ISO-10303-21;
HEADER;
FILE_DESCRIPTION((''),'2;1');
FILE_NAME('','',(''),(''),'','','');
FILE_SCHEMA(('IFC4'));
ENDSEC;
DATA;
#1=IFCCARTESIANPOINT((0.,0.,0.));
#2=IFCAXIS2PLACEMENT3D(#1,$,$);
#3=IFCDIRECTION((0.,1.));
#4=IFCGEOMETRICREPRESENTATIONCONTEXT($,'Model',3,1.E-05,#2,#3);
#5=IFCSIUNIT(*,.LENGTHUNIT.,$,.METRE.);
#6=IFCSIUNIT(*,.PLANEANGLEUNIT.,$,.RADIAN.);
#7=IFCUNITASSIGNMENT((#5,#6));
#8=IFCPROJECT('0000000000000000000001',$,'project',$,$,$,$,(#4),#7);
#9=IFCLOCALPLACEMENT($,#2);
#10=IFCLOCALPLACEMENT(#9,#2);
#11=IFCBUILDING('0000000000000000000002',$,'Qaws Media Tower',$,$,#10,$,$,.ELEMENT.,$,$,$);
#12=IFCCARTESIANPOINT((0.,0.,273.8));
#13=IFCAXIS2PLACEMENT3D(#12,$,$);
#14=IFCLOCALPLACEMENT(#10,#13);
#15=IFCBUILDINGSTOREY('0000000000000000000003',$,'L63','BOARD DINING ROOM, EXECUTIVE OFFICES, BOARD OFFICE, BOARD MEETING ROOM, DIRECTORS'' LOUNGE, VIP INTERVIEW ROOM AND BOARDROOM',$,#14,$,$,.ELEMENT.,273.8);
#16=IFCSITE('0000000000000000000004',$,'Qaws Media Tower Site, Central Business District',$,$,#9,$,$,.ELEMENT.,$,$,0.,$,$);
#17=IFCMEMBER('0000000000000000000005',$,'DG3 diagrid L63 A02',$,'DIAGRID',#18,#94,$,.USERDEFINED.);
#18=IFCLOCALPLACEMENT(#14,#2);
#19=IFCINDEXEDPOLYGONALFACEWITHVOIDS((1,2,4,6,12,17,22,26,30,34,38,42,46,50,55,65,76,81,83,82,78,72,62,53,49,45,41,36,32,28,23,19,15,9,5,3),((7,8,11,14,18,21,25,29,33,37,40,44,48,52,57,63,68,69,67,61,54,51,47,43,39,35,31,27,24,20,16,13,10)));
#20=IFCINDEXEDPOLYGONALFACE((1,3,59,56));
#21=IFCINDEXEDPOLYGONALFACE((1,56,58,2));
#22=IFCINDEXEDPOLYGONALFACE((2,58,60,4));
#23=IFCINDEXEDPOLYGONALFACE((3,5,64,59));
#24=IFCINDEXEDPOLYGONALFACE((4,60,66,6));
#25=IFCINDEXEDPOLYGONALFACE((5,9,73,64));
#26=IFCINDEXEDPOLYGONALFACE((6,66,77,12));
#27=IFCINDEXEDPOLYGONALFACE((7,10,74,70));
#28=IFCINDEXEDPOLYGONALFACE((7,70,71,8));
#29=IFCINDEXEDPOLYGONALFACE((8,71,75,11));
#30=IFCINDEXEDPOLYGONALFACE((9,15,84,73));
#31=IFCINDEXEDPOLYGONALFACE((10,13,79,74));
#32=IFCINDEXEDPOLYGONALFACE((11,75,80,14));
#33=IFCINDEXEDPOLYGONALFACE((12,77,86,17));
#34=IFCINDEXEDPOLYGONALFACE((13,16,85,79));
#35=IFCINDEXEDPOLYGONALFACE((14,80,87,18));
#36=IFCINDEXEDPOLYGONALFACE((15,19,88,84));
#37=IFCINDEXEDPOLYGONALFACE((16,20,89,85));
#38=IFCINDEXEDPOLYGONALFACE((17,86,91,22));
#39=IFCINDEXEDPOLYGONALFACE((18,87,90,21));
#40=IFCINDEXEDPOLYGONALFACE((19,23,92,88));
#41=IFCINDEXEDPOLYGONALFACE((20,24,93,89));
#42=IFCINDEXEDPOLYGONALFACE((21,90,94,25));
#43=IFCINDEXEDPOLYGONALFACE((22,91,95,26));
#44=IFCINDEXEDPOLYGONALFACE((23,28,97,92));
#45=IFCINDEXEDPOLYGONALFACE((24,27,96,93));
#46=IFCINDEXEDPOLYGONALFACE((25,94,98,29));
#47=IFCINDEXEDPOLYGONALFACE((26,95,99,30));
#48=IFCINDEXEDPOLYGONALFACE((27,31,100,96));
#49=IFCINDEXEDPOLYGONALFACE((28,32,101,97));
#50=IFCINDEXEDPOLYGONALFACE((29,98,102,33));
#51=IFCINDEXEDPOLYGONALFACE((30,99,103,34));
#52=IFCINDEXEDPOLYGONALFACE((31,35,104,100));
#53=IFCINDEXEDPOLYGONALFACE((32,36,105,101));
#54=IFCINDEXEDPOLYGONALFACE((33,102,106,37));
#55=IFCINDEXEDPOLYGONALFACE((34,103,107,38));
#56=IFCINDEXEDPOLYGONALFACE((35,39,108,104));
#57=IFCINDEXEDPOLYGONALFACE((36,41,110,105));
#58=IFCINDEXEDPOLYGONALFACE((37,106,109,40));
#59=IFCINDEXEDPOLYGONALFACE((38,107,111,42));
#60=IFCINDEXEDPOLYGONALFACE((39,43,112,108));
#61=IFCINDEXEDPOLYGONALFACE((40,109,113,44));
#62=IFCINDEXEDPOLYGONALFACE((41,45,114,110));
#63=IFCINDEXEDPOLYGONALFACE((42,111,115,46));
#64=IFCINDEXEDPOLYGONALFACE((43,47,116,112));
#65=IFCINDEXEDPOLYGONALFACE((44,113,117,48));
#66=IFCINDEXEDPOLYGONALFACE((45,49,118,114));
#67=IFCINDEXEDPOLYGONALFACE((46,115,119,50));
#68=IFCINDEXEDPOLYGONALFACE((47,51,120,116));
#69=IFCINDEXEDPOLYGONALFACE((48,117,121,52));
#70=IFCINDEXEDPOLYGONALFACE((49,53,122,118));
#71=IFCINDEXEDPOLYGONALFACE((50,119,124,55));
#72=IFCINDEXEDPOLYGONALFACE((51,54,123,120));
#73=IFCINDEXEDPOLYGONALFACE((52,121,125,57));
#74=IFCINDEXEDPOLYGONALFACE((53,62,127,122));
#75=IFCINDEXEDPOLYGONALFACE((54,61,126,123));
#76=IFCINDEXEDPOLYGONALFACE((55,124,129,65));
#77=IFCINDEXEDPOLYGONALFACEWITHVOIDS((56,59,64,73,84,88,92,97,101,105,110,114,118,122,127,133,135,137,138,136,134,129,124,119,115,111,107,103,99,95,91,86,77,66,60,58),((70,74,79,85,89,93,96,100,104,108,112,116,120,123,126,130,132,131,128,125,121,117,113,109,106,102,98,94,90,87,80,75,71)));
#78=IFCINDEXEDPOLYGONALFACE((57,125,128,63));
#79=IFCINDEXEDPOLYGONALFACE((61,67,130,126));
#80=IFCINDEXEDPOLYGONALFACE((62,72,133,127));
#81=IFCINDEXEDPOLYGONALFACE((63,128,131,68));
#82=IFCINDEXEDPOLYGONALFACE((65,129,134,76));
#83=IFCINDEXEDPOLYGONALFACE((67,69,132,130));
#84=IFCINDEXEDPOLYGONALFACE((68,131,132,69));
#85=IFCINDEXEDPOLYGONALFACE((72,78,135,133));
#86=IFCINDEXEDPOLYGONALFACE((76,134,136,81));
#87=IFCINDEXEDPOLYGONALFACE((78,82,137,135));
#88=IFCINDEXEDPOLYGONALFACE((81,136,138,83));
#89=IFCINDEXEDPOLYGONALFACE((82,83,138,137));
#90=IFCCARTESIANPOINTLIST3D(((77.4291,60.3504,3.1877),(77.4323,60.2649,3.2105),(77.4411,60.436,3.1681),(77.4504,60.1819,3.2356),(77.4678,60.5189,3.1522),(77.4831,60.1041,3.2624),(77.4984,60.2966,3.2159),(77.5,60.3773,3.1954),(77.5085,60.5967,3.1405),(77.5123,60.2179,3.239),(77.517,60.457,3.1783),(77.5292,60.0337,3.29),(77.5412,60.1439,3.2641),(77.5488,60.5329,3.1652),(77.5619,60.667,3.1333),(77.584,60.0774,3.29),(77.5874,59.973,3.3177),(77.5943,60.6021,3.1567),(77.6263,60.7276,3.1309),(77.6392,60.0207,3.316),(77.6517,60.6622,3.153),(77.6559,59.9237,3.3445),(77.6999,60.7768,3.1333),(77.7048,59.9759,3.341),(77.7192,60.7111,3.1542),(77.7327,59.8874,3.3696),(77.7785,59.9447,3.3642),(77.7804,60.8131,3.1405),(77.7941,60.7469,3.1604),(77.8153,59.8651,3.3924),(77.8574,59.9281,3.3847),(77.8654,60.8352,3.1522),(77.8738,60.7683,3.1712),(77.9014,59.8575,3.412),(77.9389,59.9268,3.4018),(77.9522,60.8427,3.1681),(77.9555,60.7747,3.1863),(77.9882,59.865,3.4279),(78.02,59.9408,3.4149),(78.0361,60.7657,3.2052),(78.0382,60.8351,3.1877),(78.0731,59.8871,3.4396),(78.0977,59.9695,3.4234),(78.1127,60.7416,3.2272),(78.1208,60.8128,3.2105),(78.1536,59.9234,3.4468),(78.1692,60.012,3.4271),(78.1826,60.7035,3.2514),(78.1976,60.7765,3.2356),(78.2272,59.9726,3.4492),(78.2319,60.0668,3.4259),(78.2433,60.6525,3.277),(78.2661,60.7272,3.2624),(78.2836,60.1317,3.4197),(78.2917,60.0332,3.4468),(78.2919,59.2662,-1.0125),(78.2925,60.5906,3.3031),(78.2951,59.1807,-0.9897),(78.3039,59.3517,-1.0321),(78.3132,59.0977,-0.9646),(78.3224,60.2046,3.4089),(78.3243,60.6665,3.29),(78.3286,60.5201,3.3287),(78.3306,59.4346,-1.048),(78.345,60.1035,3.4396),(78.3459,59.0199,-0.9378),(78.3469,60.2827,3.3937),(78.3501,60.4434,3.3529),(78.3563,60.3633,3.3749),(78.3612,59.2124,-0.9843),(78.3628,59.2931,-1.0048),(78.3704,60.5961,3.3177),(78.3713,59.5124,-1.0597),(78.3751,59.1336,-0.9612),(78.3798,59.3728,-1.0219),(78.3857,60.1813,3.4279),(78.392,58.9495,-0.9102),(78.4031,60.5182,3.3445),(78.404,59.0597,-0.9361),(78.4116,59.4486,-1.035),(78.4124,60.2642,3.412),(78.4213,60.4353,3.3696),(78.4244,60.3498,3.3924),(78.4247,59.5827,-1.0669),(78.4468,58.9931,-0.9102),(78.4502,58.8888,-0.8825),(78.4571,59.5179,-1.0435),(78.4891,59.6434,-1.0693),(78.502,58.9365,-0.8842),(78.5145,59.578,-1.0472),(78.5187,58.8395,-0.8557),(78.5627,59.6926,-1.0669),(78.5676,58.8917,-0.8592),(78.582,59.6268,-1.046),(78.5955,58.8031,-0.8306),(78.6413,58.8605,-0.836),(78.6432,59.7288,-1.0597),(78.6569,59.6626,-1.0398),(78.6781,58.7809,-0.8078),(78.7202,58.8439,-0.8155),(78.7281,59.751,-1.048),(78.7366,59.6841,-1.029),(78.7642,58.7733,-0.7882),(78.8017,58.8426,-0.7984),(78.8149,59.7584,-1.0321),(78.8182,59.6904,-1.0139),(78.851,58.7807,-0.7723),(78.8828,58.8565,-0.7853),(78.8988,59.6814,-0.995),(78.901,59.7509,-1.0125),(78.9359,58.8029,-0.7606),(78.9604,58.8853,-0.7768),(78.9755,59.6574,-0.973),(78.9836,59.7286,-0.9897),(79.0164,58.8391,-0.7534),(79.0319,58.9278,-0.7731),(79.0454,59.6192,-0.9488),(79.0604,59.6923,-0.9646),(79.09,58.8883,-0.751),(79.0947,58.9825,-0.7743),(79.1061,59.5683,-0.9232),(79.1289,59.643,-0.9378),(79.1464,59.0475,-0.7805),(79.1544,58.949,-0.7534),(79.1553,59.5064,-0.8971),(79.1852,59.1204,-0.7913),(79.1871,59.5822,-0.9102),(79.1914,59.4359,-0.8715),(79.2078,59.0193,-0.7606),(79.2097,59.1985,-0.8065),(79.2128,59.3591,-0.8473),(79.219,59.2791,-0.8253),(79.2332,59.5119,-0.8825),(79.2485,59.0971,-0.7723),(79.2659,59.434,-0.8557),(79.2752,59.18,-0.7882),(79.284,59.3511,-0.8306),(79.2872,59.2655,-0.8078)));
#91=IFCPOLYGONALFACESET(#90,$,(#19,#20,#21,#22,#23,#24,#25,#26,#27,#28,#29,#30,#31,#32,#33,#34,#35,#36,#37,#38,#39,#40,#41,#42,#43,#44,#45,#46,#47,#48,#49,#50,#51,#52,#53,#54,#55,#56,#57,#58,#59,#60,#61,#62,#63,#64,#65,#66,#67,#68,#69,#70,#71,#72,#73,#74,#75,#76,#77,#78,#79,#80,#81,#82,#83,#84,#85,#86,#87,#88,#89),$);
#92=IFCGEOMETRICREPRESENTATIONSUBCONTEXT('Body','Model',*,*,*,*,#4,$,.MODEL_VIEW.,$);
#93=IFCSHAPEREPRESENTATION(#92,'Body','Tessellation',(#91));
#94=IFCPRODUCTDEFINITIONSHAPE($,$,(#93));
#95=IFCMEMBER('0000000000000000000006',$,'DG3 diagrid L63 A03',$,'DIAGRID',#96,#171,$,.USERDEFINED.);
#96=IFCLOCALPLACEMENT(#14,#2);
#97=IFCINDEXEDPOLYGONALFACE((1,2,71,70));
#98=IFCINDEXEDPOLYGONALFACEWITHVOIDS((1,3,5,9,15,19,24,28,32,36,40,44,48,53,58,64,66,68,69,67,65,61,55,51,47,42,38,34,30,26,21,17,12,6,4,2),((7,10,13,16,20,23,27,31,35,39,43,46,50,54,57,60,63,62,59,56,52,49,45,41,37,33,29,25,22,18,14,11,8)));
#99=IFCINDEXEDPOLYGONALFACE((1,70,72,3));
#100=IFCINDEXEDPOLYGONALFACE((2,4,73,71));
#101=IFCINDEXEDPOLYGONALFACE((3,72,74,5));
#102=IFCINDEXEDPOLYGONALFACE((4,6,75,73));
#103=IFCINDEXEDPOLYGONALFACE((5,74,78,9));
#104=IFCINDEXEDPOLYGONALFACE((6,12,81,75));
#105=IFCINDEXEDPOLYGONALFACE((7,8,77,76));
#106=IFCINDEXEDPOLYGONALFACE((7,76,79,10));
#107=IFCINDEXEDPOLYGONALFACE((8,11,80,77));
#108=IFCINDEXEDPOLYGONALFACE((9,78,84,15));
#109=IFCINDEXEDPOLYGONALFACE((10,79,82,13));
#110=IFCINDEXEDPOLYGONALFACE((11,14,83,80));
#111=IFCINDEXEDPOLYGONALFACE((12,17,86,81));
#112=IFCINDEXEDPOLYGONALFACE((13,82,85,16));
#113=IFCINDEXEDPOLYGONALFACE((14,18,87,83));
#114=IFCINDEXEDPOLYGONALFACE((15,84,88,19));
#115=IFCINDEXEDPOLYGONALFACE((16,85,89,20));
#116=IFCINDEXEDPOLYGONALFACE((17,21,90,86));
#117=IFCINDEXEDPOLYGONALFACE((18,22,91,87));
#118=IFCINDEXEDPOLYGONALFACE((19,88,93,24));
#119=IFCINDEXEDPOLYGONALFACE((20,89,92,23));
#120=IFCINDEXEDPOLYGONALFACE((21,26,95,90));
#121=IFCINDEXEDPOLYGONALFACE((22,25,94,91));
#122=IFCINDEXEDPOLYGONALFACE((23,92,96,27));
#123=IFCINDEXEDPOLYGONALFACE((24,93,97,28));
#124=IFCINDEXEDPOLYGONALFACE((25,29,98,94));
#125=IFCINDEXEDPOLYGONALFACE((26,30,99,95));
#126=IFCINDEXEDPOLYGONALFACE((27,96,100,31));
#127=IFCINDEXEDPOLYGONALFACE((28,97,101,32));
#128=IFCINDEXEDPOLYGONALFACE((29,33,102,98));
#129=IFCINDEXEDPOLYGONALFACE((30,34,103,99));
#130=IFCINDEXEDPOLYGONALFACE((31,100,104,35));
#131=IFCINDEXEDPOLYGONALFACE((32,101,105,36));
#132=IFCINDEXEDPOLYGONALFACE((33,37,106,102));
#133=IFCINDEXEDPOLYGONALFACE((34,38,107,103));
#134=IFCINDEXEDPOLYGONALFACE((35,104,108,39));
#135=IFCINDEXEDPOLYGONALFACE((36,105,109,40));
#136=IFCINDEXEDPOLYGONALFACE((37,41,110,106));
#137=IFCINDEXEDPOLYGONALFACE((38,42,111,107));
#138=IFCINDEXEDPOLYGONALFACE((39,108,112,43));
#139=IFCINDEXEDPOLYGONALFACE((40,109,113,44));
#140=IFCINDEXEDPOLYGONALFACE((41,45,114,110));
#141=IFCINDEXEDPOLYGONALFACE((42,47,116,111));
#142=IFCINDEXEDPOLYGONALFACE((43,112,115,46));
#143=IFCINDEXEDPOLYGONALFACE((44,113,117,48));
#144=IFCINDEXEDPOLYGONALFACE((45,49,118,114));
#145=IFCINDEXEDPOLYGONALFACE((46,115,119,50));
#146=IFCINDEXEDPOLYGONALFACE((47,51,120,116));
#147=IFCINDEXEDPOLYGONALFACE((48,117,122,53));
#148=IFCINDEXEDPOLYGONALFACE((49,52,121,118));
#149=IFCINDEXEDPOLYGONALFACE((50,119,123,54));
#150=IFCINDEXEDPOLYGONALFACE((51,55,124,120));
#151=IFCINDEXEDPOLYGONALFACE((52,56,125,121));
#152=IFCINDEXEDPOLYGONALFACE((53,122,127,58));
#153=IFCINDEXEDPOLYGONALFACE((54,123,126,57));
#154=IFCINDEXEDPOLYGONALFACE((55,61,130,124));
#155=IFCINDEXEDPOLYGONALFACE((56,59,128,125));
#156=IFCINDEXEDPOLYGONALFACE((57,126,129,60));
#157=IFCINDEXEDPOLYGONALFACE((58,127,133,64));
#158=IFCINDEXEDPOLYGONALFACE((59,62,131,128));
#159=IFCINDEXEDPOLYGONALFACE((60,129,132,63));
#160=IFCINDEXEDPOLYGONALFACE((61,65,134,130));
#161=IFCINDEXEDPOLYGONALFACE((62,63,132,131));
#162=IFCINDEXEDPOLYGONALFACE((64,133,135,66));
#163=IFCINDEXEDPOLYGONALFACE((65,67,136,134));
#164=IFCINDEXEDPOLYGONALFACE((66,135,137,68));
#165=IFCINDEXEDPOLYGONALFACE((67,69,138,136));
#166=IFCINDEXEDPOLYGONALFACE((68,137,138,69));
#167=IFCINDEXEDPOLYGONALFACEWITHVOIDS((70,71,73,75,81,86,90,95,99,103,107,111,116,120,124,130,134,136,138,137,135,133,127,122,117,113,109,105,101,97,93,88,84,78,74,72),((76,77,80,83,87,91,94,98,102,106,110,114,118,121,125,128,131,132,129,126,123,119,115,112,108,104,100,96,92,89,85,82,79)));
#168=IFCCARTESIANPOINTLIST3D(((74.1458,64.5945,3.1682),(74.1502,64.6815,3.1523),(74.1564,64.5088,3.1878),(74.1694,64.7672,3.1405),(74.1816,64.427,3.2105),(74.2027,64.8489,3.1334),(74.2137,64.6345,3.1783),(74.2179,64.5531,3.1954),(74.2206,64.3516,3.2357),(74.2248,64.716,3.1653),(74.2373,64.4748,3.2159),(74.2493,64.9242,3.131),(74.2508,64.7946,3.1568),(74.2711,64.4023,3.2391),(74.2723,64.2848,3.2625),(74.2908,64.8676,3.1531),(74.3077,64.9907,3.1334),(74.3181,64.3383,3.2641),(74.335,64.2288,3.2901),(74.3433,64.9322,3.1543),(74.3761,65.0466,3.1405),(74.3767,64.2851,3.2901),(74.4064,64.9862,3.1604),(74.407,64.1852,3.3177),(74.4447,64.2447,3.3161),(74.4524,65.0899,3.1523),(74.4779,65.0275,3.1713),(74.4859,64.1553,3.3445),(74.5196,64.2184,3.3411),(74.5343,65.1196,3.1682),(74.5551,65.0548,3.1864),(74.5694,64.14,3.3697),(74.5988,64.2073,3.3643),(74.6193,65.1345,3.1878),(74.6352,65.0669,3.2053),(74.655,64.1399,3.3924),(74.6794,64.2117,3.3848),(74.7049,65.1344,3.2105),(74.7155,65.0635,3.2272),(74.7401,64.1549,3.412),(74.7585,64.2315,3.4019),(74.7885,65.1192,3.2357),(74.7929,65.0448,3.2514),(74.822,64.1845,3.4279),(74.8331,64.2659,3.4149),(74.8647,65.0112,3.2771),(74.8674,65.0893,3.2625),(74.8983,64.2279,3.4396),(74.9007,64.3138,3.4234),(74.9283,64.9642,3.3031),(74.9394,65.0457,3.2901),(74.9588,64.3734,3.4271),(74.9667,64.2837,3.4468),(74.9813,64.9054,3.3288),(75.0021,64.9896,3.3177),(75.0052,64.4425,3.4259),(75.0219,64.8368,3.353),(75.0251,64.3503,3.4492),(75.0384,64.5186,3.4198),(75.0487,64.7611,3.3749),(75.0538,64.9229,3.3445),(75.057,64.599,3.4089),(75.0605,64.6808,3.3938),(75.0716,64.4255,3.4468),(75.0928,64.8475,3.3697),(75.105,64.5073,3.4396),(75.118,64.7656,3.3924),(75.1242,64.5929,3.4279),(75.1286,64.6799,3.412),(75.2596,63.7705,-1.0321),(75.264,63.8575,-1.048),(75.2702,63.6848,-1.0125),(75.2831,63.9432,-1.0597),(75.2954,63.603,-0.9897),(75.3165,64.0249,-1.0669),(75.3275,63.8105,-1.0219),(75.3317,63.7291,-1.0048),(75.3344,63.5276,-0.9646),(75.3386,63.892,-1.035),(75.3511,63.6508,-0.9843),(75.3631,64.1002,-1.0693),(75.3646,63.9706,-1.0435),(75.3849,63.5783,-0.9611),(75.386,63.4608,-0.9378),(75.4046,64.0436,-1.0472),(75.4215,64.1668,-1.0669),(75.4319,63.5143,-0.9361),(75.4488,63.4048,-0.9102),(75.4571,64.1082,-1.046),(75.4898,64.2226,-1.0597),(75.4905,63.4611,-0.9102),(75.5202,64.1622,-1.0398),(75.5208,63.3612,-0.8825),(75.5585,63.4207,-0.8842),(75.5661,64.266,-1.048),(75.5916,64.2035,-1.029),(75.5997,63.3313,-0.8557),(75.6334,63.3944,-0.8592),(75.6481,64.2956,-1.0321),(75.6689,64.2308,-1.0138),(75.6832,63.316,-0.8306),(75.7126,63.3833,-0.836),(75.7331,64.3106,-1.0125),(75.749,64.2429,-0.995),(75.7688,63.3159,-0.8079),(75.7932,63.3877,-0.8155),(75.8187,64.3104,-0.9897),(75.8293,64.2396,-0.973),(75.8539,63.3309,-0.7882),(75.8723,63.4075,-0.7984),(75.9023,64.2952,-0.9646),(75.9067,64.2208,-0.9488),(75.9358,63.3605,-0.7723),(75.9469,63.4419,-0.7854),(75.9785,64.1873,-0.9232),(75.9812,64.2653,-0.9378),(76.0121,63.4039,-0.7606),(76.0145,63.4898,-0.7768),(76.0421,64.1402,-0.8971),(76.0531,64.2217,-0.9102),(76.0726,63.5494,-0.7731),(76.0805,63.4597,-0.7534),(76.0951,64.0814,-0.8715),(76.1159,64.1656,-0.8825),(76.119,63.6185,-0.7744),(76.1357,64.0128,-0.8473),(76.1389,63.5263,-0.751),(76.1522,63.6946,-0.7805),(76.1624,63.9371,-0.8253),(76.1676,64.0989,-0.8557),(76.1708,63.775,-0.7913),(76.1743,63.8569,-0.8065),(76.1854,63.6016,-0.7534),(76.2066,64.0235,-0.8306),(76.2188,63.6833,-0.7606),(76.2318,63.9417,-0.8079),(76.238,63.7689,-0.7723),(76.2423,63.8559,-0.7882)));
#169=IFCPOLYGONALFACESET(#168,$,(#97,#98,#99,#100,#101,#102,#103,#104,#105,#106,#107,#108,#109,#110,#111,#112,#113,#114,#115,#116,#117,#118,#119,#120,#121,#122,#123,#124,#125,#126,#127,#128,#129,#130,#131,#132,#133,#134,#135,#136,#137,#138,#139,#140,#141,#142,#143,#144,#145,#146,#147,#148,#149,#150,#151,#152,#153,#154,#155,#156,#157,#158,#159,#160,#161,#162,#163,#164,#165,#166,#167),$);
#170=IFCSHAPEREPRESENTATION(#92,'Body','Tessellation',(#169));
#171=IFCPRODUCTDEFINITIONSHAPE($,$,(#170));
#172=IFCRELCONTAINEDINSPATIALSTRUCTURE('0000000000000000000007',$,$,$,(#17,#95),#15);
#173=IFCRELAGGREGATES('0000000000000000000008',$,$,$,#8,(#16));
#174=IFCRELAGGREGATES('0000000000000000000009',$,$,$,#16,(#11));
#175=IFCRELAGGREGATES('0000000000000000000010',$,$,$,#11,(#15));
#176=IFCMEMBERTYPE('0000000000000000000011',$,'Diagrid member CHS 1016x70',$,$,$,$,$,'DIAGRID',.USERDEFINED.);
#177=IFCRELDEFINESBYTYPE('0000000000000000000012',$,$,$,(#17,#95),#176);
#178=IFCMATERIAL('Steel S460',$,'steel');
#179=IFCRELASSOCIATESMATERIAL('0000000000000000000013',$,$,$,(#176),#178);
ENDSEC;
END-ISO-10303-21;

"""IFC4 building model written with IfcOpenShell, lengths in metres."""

from ifc_helpers import new_model, si_unit, direction, frame, origin, origin_2d, place, context, subcontext, project, spatial, hollow_circle, extrude, material, material_profile, profile_set, type_object, element, save


model = new_model("IFC4")

# Units and contexts
model_context = context("Model", 3, precision=1e-05, world=origin(), true_north=direction((0.0, 1.0)))
body_context = subcontext(model_context, "Body", "Model", "MODEL_VIEW")
ifc_project = project(units=[si_unit("LENGTHUNIT", "METRE"), si_unit("PLANEANGLEUNIT", "RADIAN")], contexts=[model_context])

# Site, building, storey
site_placement = place(None, origin())
site = spatial("IfcSite", under=ifc_project, at=site_placement, Name="Qaws Media Tower Site, Central Business District", CompositionType="ELEMENT", RefElevation=0.0)
building_placement = place(site_placement, origin())
building = spatial("IfcBuilding", under=site, at=building_placement, Name="Qaws Media Tower", CompositionType="ELEMENT")
storey_placement = place(building_placement, frame((0.0, 0.0, 273.8)))
storey = spatial("IfcBuildingStorey", under=building, at=storey_placement, Name="L63", Description="BOARD DINING ROOM, EXECUTIVE OFFICES, BOARD OFFICE, BOARD MEETING ROOM, DIRECTORS' LOUNGE, VIP INTERVIEW ROOM AND BOARDROOM", CompositionType="ELEMENT", Elevation=273.8)

# Members
ifc_material_1 = material(Name="Steel S460", Category="steel")
ifc_material_profile_1 = material_profile(ifc_material_1, hollow_circle(Radius=0.5081, WallThickness=0.0701, at=origin_2d()), Name="CHS 1016x70")
ifc_profile_set_1 = profile_set([ifc_material_profile_1], Name="Steel S460")
member_type_1 = type_object("IfcMemberType", Name="Diagrid member CHS 1016x70", ElementType="DIAGRID", PredefinedType="USERDEFINED", material=ifc_profile_set_1)
for number, where, z_axis, x_axis, name in (
    (1, (78.7896, 59.2659, -0.9102), (-0.195076, 0.245142, 0.949658), (-0.782482, -0.622673, 0.0), "DG3 diagrid L63 A02"),
    (2, (75.751, 63.8132, -0.9102), (-0.251825, 0.186302, 0.949671), (-0.594743, -0.803916, 0.0), "DG3 diagrid L63 A03"),
):
    element("IfcMember", number, at=place(storey_placement, frame(where, z_axis=z_axis, x_axis=x_axis)), inside=storey, type_object=member_type_1, Name=name, ObjectType="DIAGRID", PredefinedType="USERDEFINED", context=body_context, shape_type="SweptSolid", body=[
        extrude(hollow_circle(Radius=0.5081, WallThickness=0.0701, at=origin_2d()), origin(), (0.0, 0.0, 1.0), 4.4229),
    ])

save(model, "model.ifc")
